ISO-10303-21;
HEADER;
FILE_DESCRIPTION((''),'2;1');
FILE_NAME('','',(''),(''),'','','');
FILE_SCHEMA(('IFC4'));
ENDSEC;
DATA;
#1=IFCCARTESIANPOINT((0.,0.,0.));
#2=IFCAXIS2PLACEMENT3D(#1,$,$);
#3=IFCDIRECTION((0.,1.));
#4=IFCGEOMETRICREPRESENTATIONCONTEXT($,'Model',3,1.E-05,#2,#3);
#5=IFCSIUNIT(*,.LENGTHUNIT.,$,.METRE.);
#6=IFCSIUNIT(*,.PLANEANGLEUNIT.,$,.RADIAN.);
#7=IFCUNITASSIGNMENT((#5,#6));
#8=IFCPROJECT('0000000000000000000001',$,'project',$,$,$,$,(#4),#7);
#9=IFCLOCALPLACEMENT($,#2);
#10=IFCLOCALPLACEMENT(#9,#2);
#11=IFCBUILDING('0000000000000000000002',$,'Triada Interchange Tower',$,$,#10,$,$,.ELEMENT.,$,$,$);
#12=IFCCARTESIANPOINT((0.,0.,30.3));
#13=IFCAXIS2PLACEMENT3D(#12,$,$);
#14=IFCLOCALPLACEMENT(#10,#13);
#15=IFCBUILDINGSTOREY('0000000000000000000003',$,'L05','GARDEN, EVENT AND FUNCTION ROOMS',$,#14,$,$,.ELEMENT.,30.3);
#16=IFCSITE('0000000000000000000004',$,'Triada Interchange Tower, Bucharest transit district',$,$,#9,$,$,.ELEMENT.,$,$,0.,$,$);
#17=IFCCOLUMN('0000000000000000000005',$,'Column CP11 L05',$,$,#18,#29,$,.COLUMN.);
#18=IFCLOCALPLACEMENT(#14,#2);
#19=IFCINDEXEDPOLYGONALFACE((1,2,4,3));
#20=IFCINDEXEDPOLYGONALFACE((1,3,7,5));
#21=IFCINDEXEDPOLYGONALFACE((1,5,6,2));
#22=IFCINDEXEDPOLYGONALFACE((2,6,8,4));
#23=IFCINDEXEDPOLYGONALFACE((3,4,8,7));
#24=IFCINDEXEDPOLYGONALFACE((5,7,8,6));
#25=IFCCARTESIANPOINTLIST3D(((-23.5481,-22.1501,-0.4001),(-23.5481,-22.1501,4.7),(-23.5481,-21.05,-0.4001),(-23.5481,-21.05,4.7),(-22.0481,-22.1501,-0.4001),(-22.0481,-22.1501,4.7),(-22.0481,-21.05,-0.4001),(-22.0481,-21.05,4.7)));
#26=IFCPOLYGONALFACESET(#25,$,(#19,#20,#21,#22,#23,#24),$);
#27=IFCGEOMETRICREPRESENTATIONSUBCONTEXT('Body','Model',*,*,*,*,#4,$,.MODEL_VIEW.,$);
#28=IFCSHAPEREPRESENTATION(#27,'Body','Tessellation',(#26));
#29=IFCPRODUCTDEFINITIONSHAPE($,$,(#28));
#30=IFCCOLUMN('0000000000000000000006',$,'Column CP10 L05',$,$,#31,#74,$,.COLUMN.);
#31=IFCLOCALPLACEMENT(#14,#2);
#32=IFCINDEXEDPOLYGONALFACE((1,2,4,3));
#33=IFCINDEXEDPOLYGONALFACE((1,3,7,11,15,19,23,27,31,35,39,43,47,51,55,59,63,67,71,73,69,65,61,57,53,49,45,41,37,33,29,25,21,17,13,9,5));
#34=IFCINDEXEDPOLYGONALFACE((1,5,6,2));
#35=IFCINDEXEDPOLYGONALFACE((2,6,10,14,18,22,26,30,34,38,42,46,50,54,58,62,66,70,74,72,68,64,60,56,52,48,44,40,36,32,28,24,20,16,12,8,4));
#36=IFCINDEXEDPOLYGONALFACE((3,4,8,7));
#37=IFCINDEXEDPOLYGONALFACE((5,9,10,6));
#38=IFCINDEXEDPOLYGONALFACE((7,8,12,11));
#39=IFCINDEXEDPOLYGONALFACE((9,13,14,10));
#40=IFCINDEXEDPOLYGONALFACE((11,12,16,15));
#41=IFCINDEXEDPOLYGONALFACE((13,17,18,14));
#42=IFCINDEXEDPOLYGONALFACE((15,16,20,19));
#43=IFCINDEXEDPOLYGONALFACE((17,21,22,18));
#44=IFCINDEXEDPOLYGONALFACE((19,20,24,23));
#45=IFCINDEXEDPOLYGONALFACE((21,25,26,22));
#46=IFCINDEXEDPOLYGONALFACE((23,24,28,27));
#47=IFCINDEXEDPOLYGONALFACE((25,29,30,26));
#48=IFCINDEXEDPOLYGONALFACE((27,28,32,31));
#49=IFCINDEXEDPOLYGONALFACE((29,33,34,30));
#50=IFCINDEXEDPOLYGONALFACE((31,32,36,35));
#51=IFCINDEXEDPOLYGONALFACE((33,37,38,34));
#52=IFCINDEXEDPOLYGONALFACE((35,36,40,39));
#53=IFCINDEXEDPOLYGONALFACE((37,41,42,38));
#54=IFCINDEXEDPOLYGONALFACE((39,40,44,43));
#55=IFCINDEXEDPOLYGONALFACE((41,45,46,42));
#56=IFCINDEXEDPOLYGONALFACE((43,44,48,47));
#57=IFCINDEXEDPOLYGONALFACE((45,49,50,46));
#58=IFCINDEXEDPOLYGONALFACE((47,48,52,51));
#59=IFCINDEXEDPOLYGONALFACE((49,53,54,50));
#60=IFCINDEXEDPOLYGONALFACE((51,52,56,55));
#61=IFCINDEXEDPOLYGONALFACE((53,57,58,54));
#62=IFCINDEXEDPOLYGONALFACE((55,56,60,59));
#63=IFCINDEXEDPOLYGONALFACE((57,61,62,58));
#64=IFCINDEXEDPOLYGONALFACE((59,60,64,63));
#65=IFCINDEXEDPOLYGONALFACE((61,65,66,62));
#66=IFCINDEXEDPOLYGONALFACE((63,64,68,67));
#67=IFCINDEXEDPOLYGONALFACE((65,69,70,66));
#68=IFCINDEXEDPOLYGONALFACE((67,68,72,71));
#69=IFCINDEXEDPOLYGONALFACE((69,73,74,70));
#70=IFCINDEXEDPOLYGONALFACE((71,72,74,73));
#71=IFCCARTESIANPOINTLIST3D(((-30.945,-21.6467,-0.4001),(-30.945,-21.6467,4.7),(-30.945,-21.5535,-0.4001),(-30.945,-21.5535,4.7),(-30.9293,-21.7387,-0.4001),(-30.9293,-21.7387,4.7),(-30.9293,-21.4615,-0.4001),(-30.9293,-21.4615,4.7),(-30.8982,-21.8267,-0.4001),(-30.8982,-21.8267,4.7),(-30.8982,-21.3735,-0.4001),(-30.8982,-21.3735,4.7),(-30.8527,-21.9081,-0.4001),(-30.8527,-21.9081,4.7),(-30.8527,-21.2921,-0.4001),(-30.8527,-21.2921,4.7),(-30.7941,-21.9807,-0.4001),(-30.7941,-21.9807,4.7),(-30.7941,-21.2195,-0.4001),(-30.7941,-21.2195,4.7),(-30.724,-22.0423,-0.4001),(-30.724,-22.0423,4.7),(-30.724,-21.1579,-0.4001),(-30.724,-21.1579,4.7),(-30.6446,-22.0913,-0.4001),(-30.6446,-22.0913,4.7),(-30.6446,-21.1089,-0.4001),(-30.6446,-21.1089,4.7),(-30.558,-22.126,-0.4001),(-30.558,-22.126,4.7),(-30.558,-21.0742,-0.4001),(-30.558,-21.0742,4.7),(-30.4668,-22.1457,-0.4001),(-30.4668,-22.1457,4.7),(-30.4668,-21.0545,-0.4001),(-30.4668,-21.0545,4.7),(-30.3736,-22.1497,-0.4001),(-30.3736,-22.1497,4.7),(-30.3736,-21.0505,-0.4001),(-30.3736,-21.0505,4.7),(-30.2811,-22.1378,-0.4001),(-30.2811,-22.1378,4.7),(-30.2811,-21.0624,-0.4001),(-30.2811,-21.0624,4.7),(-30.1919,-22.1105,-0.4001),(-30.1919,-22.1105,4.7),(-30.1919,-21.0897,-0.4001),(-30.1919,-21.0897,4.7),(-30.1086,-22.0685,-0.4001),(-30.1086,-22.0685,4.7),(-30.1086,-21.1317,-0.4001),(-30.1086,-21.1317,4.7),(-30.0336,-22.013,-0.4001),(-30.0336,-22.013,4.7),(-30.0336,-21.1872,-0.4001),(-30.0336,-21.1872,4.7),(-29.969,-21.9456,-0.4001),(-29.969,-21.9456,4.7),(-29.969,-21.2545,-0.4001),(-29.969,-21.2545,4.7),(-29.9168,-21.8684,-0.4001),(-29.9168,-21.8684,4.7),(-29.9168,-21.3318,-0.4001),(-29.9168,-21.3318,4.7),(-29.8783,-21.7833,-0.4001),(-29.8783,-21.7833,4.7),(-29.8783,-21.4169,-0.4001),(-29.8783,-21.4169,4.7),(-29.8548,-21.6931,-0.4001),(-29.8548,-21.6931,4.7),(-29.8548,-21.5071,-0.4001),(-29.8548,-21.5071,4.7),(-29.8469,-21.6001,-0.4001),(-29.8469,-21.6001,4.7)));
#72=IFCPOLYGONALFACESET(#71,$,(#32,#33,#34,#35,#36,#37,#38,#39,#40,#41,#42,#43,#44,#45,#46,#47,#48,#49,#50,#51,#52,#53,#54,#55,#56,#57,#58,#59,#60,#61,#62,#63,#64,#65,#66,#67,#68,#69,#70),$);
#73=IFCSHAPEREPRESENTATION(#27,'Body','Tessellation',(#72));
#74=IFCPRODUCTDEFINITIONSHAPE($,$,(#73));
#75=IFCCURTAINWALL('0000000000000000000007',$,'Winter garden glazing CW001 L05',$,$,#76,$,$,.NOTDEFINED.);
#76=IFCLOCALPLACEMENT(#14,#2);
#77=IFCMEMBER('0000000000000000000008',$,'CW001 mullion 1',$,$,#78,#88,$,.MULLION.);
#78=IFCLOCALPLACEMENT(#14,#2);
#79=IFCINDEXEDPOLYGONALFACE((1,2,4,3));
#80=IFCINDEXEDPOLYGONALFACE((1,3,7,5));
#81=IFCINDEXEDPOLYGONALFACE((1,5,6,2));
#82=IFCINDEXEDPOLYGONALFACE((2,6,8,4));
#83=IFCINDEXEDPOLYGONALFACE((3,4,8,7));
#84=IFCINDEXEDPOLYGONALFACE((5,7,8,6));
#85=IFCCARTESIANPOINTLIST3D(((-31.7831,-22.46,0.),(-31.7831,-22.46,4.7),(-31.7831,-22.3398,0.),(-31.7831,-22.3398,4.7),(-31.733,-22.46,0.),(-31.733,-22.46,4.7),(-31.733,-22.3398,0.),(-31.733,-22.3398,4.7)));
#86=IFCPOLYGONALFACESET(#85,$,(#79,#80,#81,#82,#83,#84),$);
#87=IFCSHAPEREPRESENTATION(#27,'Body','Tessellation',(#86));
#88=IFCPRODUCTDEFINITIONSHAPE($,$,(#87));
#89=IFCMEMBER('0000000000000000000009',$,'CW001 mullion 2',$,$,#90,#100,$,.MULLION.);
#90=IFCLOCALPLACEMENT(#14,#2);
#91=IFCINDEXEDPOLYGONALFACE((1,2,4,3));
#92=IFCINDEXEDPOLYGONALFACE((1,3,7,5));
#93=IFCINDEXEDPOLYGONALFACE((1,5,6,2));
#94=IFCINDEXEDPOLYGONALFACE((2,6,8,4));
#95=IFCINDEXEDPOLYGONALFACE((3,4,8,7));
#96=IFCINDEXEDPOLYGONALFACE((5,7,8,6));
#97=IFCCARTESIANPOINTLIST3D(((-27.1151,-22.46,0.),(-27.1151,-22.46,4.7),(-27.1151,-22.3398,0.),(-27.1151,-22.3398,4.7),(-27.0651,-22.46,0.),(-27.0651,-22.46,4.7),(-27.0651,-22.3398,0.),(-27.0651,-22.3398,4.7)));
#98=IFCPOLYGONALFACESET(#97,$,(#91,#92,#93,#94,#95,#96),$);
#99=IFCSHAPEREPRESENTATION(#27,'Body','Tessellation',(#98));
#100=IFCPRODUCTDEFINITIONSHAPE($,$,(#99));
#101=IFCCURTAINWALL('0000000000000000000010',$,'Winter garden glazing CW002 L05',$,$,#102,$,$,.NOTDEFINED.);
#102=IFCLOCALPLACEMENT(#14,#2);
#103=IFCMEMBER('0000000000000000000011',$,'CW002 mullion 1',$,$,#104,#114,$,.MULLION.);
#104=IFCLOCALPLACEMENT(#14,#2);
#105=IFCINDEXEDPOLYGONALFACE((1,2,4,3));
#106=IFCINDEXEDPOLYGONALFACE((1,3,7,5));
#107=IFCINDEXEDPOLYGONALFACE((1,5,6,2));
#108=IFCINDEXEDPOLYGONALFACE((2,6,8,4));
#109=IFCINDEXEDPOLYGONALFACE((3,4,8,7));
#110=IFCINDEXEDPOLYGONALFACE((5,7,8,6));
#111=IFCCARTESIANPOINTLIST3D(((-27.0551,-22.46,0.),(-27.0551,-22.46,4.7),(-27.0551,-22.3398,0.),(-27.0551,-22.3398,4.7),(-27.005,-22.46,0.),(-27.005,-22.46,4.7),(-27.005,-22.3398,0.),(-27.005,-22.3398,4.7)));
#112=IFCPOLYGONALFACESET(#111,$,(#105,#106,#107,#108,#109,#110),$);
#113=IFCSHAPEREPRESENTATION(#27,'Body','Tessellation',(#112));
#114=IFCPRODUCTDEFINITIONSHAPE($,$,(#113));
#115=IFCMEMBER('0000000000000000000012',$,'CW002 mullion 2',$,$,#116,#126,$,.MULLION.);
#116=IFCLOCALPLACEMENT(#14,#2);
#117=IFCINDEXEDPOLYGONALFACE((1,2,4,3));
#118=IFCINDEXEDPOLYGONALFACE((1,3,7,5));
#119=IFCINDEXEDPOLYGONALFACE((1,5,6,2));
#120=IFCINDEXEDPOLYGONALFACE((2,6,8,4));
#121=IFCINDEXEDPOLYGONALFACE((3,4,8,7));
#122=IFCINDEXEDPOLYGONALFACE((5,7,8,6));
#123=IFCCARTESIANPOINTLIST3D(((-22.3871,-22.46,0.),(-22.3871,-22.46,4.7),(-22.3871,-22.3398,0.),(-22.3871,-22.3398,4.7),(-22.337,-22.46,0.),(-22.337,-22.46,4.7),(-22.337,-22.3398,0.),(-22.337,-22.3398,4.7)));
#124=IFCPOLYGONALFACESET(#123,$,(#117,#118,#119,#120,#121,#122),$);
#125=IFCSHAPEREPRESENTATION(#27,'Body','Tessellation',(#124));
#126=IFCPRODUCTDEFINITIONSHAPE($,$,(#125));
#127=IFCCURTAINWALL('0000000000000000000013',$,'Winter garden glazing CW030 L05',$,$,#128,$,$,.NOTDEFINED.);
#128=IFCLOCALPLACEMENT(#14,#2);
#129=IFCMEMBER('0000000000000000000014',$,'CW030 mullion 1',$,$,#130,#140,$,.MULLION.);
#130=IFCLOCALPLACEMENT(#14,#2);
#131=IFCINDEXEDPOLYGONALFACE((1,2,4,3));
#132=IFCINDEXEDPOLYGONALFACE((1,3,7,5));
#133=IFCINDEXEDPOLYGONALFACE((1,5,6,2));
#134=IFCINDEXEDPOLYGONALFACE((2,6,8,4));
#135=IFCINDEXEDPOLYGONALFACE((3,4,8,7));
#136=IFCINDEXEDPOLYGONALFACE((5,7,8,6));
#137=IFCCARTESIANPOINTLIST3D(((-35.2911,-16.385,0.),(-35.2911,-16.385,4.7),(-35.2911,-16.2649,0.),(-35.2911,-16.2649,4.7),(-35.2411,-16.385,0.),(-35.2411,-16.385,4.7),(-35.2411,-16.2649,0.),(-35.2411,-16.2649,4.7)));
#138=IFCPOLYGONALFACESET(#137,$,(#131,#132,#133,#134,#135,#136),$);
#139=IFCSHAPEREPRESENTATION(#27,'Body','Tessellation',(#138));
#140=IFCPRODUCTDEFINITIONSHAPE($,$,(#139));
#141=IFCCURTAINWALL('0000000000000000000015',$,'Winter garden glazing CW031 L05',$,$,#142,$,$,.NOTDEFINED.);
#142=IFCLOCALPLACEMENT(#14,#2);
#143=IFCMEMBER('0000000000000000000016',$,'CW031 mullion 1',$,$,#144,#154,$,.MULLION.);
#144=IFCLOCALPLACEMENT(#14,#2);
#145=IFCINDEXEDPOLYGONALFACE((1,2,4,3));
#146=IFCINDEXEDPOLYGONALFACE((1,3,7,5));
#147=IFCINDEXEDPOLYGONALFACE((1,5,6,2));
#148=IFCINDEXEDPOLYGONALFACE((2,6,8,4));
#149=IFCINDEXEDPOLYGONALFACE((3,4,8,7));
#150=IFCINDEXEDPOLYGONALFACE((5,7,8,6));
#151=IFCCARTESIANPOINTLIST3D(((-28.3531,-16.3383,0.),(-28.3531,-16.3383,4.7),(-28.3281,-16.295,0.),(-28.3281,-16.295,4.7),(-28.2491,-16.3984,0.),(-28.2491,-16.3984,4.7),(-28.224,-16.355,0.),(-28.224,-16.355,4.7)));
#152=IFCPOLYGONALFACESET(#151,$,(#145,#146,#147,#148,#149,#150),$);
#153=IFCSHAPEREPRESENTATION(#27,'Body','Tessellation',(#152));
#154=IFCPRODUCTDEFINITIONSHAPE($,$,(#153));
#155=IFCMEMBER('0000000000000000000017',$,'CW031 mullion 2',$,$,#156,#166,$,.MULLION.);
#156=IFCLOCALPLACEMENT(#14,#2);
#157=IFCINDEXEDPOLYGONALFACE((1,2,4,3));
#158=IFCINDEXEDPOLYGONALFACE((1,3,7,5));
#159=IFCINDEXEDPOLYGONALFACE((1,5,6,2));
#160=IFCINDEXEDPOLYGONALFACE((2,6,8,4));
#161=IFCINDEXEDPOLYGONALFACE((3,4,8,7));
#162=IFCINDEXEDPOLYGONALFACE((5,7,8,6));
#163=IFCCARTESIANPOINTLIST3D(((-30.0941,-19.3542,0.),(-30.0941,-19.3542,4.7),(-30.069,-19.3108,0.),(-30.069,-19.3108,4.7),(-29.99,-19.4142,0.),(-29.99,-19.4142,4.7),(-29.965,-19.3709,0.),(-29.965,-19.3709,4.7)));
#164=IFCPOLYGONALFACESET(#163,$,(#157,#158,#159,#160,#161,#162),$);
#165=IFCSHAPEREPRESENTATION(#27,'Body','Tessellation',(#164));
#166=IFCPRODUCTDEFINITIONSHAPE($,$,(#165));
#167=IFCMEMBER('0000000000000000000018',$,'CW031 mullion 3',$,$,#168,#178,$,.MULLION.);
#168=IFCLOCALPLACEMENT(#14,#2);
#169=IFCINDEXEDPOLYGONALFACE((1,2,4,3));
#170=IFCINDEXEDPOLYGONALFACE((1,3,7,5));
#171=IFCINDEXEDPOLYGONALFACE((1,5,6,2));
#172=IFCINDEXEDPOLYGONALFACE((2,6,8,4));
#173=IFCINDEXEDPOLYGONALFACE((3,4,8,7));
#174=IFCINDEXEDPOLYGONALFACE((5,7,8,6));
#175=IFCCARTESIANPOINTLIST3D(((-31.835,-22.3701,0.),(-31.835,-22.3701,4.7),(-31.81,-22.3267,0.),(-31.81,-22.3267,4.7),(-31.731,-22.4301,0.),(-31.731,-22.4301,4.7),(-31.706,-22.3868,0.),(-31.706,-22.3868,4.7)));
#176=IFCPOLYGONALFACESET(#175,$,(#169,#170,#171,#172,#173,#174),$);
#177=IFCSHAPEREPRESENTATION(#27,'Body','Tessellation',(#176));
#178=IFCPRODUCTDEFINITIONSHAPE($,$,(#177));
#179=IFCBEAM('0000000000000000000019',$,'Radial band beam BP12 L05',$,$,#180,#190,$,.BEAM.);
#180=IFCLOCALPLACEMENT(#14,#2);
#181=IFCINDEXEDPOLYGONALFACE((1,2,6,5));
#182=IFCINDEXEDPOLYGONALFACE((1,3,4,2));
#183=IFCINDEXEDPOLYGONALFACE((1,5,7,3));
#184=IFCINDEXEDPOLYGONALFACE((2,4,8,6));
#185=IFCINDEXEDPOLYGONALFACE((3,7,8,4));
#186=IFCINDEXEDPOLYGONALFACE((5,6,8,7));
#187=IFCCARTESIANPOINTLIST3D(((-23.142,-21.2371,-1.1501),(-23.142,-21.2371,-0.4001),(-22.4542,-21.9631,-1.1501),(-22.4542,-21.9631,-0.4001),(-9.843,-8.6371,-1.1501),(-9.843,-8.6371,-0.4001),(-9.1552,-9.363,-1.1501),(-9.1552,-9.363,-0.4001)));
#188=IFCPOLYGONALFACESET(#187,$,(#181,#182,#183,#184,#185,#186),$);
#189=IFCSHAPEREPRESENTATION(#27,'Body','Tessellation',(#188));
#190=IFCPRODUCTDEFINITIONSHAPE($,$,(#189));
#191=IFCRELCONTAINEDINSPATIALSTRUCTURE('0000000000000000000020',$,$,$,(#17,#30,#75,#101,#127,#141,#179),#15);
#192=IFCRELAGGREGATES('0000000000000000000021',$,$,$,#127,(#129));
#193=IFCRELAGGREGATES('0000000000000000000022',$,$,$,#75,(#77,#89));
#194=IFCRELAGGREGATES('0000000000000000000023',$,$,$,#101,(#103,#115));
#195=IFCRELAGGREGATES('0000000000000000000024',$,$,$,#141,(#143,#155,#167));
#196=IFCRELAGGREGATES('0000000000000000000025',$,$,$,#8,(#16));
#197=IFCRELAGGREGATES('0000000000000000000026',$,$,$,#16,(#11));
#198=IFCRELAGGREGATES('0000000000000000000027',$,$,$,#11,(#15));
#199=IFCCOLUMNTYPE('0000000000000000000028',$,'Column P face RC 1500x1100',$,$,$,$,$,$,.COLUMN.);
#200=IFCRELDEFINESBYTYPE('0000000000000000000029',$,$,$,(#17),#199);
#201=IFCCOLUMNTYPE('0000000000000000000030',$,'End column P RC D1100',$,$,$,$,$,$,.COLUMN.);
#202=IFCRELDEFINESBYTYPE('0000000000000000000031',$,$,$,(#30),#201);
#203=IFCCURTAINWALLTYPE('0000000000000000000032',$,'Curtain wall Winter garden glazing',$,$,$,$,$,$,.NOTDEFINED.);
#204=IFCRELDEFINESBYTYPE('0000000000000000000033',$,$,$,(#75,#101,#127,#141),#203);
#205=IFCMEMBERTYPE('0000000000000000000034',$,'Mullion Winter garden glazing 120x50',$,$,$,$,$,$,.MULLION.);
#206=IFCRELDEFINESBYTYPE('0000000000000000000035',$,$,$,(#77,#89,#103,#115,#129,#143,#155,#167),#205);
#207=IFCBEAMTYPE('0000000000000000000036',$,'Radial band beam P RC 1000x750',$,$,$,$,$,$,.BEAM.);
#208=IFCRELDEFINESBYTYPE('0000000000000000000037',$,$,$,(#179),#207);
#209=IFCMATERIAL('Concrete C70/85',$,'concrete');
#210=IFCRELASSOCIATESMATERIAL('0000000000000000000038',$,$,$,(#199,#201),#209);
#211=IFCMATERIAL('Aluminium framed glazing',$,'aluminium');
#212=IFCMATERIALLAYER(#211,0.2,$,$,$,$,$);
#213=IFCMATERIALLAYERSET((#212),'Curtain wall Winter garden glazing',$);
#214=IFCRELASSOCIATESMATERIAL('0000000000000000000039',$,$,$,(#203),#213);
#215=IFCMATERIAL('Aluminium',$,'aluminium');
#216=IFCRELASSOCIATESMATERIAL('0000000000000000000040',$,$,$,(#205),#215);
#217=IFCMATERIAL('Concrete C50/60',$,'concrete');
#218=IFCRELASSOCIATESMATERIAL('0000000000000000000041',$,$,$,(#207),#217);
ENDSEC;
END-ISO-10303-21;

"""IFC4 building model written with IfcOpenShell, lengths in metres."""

from ifc_helpers import new_model, si_unit, direction, frame, origin, origin_2d, place, context, subcontext, project, spatial, rectangle, circle, extrude, material, layer, layer_set, material_profile, profile_set, type_object, element, aggregate, save


model = new_model("IFC4")

# Units and contexts
model_context = context("Model", 3, precision=1e-05, world=origin(), true_north=direction((0.0, 1.0)))
body_context = subcontext(model_context, "Body", "Model", "MODEL_VIEW")
ifc_project = project(units=[si_unit("LENGTHUNIT", "METRE"), si_unit("PLANEANGLEUNIT", "RADIAN")], contexts=[model_context])

# Site, building, storey
site_placement = place(None, origin())
site = spatial("IfcSite", under=ifc_project, at=site_placement, Name="Triada Interchange Tower, Bucharest transit district", CompositionType="ELEMENT", RefElevation=0.0)
building_placement = place(site_placement, origin())
building = spatial("IfcBuilding", under=site, at=building_placement, Name="Triada Interchange Tower", CompositionType="ELEMENT")
storey_placement = place(building_placement, frame((0.0, 0.0, 30.3)))
storey = spatial("IfcBuildingStorey", under=building, at=storey_placement, Name="L05", Description="GARDEN, EVENT AND FUNCTION ROOMS", CompositionType="ELEMENT", Elevation=30.3)

# Columns
ifc_material_1 = material(Name="Concrete C70/85", Category="concrete")
ifc_material_profile_1 = material_profile(ifc_material_1, rectangle(XDim=1.5, YDim=1.1001, at=origin_2d()), Name="RC 1500x1100")
ifc_profile_set_1 = profile_set([ifc_material_profile_1], Name="Concrete C70/85")
column_type_1 = type_object("IfcColumnType", Name="Column P face RC 1500x1100", PredefinedType="COLUMN", material=ifc_profile_set_1)
column_1_placement = place(storey_placement, frame((-22.7981, -21.6001, -0.4001), z_axis=(0.0, 0.0, 1.0), x_axis=(1.0, 0.0, 0.0)))
element("IfcColumn", 1, at=column_1_placement, inside=storey, type_object=column_type_1, Name="Column CP11 L05", PredefinedType="COLUMN", context=body_context, shape_type="SweptSolid", body=[
    extrude(rectangle(XDim=1.5, YDim=1.1001, at=origin_2d()), origin(), (0.0, 0.0, 1.0), 5.1001),
])
ifc_material_profile_2 = material_profile(ifc_material_1, circle(Radius=0.55, at=origin_2d()), Name="RC D1100")
ifc_profile_set_2 = profile_set([ifc_material_profile_2], Name="Concrete C70/85")
column_type_2 = type_object("IfcColumnType", Name="End column P RC D1100", PredefinedType="COLUMN", material=ifc_profile_set_2)
column_2_placement = place(storey_placement, frame((-30.397, -21.6001, -0.4001), z_axis=(0.0, 0.0, 1.0), x_axis=(1.0, 0.0, 0.0)))
element("IfcColumn", 2, at=column_2_placement, inside=storey, type_object=column_type_2, Name="Column CP10 L05", PredefinedType="COLUMN", context=body_context, shape_type="SweptSolid", body=[
    extrude(circle(Radius=0.55, at=origin_2d()), origin(), (0.0, 0.0, 1.0), 5.1001),
])

# Curtain walls, members
ifc_material_2 = material(Name="Aluminium framed glazing", Category="aluminium")
ifc_layer_1 = layer(ifc_material_2, 0.2)
ifc_layer_set_1 = layer_set([ifc_layer_1], Name="Curtain wall Winter garden glazing")
curtain_wall_type = type_object("IfcCurtainWallType", Name="Curtain wall Winter garden glazing", PredefinedType="NOTDEFINED", material=ifc_layer_set_1)
curtain_wall_1_placement = place(storey_placement, origin())
curtain_wall_1 = element("IfcCurtainWall", 3, at=curtain_wall_1_placement, inside=storey, type_object=curtain_wall_type, Name="Winter garden glazing CW001 L05", PredefinedType="NOTDEFINED")
ifc_material_3 = material(Name="Aluminium", Category="aluminium")
ifc_material_profile_3 = material_profile(ifc_material_3, rectangle(XDim=0.1201, YDim=0.05, at=origin_2d()), Name="Aluminium mullion")
ifc_profile_set_3 = profile_set([ifc_material_profile_3], Name="Aluminium")
member_type_1 = type_object("IfcMemberType", Name="Mullion Winter garden glazing 120x50", PredefinedType="MULLION", material=ifc_profile_set_3)
member_1_placement = place(storey_placement, frame((-31.7581, -22.3999, 0.0), z_axis=(0.0, 0.0, 1.0), x_axis=(0.0, 1.0, 0.0)))
member_1 = element("IfcMember", 4, at=member_1_placement, type_object=member_type_1, Name="CW001 mullion 1", PredefinedType="MULLION", context=body_context, shape_type="SweptSolid", body=[
    extrude(rectangle(XDim=0.1201, YDim=0.05, at=origin_2d()), origin(), (0.0, 0.0, 1.0), 4.7),
])
member_2_placement = place(storey_placement, frame((-27.0901, -22.3999, 0.0), z_axis=(0.0, 0.0, 1.0), x_axis=(0.0, 1.0, 0.0)))
member_2 = element("IfcMember", 5, at=member_2_placement, type_object=member_type_1, Name="CW001 mullion 2", PredefinedType="MULLION", context=body_context, shape_type="SweptSolid", body=[
    extrude(rectangle(XDim=0.1201, YDim=0.05, at=origin_2d()), origin(), (0.0, 0.0, 1.0), 4.7),
])
curtain_wall_2_placement = place(storey_placement, origin())
curtain_wall_2 = element("IfcCurtainWall", 6, at=curtain_wall_2_placement, inside=storey, type_object=curtain_wall_type, Name="Winter garden glazing CW002 L05", PredefinedType="NOTDEFINED")
member_3_placement = place(storey_placement, frame((-27.03, -22.3999, 0.0), z_axis=(0.0, 0.0, 1.0), x_axis=(0.0, 1.0, 0.0)))
member_3 = element("IfcMember", 7, at=member_3_placement, type_object=member_type_1, Name="CW002 mullion 1", PredefinedType="MULLION", context=body_context, shape_type="SweptSolid", body=[
    extrude(rectangle(XDim=0.1201, YDim=0.05, at=origin_2d()), origin(), (0.0, 0.0, 1.0), 4.7),
])
member_4_placement = place(storey_placement, frame((-22.3621, -22.3999, 0.0), z_axis=(0.0, 0.0, 1.0), x_axis=(0.0, 1.0, 0.0)))
member_4 = element("IfcMember", 8, at=member_4_placement, type_object=member_type_1, Name="CW002 mullion 2", PredefinedType="MULLION", context=body_context, shape_type="SweptSolid", body=[
    extrude(rectangle(XDim=0.1201, YDim=0.05, at=origin_2d()), origin(), (0.0, 0.0, 1.0), 4.7),
])

# Curtain wall, member
curtain_wall_3_placement = place(storey_placement, origin())
curtain_wall_3 = element("IfcCurtainWall", 9, at=curtain_wall_3_placement, inside=storey, type_object=curtain_wall_type, Name="Winter garden glazing CW030 L05", PredefinedType="NOTDEFINED")
member_5_placement = place(storey_placement, frame((-35.2661, -16.325, 0.0), z_axis=(0.0, 0.0, 1.0), x_axis=(0.0, 1.0, 0.0)))
member_5 = element("IfcMember", 10, at=member_5_placement, type_object=member_type_1, Name="CW030 mullion 1", PredefinedType="MULLION", context=body_context, shape_type="SweptSolid", body=[
    extrude(rectangle(XDim=0.1201, YDim=0.05, at=origin_2d()), origin(), (0.0, 0.0, 1.0), 4.7),
])

# Curtain wall, members
curtain_wall_4_placement = place(storey_placement, origin())
curtain_wall_4 = element("IfcCurtainWall", 11, at=curtain_wall_4_placement, inside=storey, type_object=curtain_wall_type, Name="Winter garden glazing CW031 L05", PredefinedType="NOTDEFINED")
member_6_placement = place(storey_placement, frame((-28.2886, -16.3467, 0.0), z_axis=(0.0, 0.0, 1.0), x_axis=(0.86605, -0.499957, 0.0)))
member_6 = element("IfcMember", 12, at=member_6_placement, type_object=member_type_1, Name="CW031 mullion 1", PredefinedType="MULLION", context=body_context, shape_type="SweptSolid", body=[
    extrude(rectangle(XDim=0.1201, YDim=0.05, at=origin_2d()), origin(), (0.0, 0.0, 1.0), 4.7),
])
member_7_placement = place(storey_placement, frame((-30.0295, -19.3625, 0.0), z_axis=(0.0, 0.0, 1.0), x_axis=(0.86605, -0.499957, 0.0)))
member_7 = element("IfcMember", 13, at=member_7_placement, type_object=member_type_1, Name="CW031 mullion 2", PredefinedType="MULLION", context=body_context, shape_type="SweptSolid", body=[
    extrude(rectangle(XDim=0.1201, YDim=0.05, at=origin_2d()), origin(), (0.0, 0.0, 1.0), 4.7),
])
member_8_placement = place(storey_placement, frame((-31.7705, -22.3784, 0.0), z_axis=(0.0, 0.0, 1.0), x_axis=(0.86605, -0.499957, 0.0)))
member_8 = element("IfcMember", 14, at=member_8_placement, type_object=member_type_1, Name="CW031 mullion 3", PredefinedType="MULLION", context=body_context, shape_type="SweptSolid", body=[
    extrude(rectangle(XDim=0.1201, YDim=0.05, at=origin_2d()), origin(), (0.0, 0.0, 1.0), 4.7),
])

# Beam
ifc_material_4 = material(Name="Concrete C50/60", Category="concrete")
ifc_material_profile_4 = material_profile(ifc_material_4, rectangle(XDim=1.0, YDim=0.75, at=origin_2d()), Name="RC 1000x750")
ifc_profile_set_4 = profile_set([ifc_material_profile_4], Name="Concrete C50/60")
beam_type_1 = type_object("IfcBeamType", Name="Radial band beam P RC 1000x750", PredefinedType="BEAM", material=ifc_profile_set_4)
beam_1_placement = place(storey_placement, frame((-22.7981, -21.6001, -0.7751), z_axis=(0.725926, 0.687773, 0.0), x_axis=(-0.687773, 0.725926, 0.0)))
element("IfcBeam", 15, at=beam_1_placement, inside=storey, type_object=beam_type_1, Name="Radial band beam BP12 L05", PredefinedType="BEAM", context=body_context, shape_type="SweptSolid", body=[
    extrude(rectangle(XDim=1.0, YDim=0.75, at=origin_2d()), origin(), (0.0, 0.0, 1.0), 18.3201),
])

aggregate(curtain_wall_3, [member_5])

aggregate(curtain_wall_1, [member_1, member_2])
aggregate(curtain_wall_2, [member_3, member_4])
aggregate(curtain_wall_4, [member_6, member_7, member_8])

save(model, "model.ifc")
